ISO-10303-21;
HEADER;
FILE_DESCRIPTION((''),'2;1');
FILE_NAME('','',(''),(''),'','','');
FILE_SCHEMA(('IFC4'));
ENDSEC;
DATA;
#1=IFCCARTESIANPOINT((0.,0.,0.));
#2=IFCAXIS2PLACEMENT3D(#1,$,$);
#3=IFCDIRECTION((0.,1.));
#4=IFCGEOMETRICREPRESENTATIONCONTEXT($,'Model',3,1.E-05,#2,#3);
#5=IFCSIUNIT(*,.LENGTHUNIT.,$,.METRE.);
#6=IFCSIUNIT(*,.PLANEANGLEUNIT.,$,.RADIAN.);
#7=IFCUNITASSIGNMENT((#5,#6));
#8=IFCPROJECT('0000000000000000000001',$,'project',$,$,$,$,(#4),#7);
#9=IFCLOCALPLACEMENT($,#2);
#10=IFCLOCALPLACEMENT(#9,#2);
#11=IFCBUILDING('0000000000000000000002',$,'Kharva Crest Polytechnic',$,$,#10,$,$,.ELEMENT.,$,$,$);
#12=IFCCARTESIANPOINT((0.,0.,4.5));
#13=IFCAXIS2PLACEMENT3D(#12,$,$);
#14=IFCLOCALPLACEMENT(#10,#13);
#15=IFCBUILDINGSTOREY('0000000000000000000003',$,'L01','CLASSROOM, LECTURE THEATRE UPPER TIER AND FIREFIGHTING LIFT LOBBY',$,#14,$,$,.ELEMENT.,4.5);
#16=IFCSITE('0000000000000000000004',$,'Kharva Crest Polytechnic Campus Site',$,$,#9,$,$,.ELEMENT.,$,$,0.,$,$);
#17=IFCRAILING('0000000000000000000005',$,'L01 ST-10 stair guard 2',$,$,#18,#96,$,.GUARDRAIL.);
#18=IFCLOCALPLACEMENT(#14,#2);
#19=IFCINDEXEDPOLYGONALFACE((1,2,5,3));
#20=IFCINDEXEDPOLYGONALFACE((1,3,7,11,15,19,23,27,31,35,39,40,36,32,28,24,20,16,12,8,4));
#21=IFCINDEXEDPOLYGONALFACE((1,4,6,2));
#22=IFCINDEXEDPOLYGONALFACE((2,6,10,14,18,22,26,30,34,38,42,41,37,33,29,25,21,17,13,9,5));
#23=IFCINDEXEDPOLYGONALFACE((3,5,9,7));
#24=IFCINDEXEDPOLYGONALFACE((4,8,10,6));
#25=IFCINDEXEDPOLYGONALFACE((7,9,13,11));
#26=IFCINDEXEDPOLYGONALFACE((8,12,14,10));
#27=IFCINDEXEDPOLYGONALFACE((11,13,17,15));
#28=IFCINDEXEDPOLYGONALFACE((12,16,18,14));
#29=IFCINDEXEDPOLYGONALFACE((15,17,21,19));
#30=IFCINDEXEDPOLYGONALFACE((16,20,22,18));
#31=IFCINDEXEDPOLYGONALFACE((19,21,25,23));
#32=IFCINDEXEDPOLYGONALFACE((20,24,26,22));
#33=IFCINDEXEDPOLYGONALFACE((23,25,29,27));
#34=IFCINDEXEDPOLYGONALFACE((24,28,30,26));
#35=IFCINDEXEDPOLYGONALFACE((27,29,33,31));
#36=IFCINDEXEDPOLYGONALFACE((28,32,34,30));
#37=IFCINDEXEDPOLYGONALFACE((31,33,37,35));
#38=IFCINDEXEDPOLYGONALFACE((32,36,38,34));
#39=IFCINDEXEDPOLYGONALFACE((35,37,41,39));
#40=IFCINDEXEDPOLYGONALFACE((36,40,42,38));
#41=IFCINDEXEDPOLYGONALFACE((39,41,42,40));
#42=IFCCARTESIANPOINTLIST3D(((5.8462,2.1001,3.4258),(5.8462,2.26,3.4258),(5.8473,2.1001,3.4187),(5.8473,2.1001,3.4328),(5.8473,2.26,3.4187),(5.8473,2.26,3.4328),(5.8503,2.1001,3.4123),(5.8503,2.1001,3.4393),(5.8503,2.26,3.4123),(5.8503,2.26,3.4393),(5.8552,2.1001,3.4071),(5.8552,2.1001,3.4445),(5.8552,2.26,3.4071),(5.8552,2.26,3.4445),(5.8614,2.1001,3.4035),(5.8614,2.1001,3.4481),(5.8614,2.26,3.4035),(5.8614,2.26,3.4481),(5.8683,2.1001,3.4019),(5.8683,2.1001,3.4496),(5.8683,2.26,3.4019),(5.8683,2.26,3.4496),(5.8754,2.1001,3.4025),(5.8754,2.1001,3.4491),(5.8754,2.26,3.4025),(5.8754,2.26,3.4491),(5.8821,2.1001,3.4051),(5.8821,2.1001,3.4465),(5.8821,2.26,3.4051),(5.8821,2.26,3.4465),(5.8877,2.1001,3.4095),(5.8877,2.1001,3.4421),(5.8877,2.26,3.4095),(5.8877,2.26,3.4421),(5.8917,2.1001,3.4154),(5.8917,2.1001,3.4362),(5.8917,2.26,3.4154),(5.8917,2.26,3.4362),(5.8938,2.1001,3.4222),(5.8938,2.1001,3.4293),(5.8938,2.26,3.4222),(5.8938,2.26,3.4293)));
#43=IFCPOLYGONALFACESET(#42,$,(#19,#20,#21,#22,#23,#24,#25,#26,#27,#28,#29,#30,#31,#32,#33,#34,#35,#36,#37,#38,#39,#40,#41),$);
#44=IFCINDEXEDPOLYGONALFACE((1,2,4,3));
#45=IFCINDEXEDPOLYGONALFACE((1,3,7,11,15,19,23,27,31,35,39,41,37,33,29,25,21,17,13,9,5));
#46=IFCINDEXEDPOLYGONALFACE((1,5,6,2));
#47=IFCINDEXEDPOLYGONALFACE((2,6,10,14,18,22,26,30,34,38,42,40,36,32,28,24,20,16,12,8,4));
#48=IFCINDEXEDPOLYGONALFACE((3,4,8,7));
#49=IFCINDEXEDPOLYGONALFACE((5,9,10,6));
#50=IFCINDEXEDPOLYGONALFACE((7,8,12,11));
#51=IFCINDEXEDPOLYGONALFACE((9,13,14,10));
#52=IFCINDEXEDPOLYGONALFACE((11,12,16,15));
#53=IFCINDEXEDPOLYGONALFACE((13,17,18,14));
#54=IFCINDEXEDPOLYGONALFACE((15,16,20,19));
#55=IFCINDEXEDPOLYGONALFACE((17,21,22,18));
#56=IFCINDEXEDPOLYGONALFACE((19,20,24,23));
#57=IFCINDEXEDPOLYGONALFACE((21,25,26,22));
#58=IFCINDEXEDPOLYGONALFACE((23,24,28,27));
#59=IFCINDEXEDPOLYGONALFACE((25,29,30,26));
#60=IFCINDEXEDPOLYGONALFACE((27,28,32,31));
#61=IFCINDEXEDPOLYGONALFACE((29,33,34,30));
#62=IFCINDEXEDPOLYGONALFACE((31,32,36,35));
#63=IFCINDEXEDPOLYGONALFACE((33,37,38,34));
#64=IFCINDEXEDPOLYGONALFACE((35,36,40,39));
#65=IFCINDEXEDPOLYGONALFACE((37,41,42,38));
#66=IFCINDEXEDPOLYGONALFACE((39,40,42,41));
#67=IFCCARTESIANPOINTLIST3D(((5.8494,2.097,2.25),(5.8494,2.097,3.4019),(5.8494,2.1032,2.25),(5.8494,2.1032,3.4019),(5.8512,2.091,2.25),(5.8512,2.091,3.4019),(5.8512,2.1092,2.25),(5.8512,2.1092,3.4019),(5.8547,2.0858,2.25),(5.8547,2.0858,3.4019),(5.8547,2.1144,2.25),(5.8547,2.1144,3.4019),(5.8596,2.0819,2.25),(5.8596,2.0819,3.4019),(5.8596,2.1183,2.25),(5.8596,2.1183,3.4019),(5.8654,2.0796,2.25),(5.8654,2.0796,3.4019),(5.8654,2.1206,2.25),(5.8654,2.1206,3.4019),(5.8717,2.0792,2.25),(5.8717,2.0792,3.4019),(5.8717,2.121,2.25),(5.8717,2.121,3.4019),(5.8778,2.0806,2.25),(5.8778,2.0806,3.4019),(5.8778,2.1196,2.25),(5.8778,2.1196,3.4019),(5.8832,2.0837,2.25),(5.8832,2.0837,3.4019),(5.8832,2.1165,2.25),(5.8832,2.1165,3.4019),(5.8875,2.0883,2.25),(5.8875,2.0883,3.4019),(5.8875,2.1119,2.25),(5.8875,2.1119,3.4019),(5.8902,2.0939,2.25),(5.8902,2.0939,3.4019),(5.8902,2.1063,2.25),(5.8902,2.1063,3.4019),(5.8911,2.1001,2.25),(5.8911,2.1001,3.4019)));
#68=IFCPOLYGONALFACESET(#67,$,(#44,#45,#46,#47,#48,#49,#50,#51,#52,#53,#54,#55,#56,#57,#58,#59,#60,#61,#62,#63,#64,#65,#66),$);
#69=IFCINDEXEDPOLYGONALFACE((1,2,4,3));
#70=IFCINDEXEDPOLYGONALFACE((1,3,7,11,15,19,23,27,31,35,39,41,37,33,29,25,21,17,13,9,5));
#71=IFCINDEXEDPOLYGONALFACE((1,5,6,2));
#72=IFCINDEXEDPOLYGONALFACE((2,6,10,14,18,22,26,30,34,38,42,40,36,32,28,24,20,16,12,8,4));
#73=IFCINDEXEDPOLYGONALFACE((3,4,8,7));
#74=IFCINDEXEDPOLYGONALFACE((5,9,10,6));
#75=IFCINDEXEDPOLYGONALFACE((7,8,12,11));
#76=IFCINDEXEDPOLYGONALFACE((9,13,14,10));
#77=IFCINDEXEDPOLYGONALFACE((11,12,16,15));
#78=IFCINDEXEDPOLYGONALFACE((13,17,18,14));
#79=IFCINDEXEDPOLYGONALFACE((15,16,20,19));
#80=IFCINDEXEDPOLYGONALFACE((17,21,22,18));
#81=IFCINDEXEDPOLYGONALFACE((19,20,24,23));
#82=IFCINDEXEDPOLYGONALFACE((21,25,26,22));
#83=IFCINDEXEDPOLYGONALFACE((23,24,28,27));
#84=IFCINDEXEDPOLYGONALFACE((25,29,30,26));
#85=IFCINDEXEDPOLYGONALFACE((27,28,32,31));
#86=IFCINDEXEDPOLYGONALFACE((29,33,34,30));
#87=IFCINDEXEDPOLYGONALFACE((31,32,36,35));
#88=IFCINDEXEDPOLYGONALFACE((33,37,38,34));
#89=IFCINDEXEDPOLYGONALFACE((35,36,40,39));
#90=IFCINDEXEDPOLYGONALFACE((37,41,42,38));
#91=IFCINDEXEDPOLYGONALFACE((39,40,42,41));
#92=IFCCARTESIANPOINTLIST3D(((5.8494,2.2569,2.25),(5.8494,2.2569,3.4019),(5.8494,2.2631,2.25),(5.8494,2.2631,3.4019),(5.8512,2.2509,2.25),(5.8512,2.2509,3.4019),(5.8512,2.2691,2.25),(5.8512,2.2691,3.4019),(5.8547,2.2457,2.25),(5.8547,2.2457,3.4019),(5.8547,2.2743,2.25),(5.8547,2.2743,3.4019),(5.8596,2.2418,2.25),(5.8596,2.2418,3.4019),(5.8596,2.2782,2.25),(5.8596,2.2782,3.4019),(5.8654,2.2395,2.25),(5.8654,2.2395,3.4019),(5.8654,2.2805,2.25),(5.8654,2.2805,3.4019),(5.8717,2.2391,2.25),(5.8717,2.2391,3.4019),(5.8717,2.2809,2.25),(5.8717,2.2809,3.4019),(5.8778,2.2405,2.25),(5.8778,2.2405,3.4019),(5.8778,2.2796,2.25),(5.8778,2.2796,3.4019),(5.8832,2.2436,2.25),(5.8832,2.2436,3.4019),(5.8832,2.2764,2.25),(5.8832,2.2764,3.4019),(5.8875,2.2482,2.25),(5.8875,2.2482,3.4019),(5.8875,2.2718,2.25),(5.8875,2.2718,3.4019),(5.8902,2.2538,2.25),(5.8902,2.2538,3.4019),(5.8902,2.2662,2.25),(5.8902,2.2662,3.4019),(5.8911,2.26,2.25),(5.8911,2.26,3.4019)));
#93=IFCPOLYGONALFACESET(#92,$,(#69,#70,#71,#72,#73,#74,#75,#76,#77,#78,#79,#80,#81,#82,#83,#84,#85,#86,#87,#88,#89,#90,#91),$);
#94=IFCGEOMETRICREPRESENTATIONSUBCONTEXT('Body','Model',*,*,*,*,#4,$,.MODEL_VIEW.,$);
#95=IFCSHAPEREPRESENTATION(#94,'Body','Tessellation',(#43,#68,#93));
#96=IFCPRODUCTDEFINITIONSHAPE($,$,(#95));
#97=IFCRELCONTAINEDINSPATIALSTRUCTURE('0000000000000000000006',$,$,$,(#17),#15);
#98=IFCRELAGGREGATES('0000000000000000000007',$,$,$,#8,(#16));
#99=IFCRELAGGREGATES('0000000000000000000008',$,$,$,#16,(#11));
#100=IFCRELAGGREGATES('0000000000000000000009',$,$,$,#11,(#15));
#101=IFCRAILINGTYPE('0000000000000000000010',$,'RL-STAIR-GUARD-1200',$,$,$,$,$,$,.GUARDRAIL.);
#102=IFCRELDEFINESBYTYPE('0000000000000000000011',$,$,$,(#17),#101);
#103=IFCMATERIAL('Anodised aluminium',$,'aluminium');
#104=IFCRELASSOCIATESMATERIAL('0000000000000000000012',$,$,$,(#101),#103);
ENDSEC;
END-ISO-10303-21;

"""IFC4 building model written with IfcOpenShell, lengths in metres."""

from ifc_helpers import new_model, si_unit, direction, frame, origin, origin_2d, place, context, subcontext, project, spatial, circle, extrude, material, type_object, element, save


model = new_model("IFC4")

# Units and contexts
model_context = context("Model", 3, precision=1e-05, world=origin(), true_north=direction((0.0, 1.0)))
body_context = subcontext(model_context, "Body", "Model", "MODEL_VIEW")
ifc_project = project(units=[si_unit("LENGTHUNIT", "METRE"), si_unit("PLANEANGLEUNIT", "RADIAN")], contexts=[model_context])

# Site, building, storey
site_placement = place(None, origin())
site = spatial("IfcSite", under=ifc_project, at=site_placement, Name="Kharva Crest Polytechnic Campus Site", CompositionType="ELEMENT", RefElevation=0.0)
building_placement = place(site_placement, origin())
building = spatial("IfcBuilding", under=site, at=building_placement, Name="Kharva Crest Polytechnic", CompositionType="ELEMENT")
storey_placement = place(building_placement, frame((0.0, 0.0, 4.5)))
storey = spatial("IfcBuildingStorey", under=building, at=storey_placement, Name="L01", Description="CLASSROOM, LECTURE THEATRE UPPER TIER AND FIREFIGHTING LIFT LOBBY", CompositionType="ELEMENT", Elevation=4.5)

# Shared definitions
ifc_material_1 = material(Name="Anodised aluminium", Category="aluminium")

# Railing
railing_type_1 = type_object("IfcRailingType", Name="RL-STAIR-GUARD-1200", PredefinedType="GUARDRAIL", material=ifc_material_1)
railing_1_placement = place(storey_placement, frame((5.8701, 2.1001, 2.25)))
element("IfcRailing", 1, at=railing_1_placement, inside=storey, type_object=railing_type_1, Name="L01 ST-10 stair guard 2", PredefinedType="GUARDRAIL", context=body_context, shape_type="SweptSolid", body=[
    extrude(circle(Radius=0.0239, at=origin_2d()), frame((0.0, 0.0, 1.1758), z_axis=(0.0, 1.0, 0.0), x_axis=(-1.0, 0.0, 0.0)), (0.0, 0.0, 1.0), 0.1599),
    extrude(circle(Radius=0.021, at=origin_2d()), origin(), (0.0, 0.0, 1.0), 1.1519),
    extrude(circle(Radius=0.021, at=origin_2d()), frame((0.0, 0.1599, 0.0)), (0.0, 0.0, 1.0), 1.1519),
])

save(model, "model.ifc")
